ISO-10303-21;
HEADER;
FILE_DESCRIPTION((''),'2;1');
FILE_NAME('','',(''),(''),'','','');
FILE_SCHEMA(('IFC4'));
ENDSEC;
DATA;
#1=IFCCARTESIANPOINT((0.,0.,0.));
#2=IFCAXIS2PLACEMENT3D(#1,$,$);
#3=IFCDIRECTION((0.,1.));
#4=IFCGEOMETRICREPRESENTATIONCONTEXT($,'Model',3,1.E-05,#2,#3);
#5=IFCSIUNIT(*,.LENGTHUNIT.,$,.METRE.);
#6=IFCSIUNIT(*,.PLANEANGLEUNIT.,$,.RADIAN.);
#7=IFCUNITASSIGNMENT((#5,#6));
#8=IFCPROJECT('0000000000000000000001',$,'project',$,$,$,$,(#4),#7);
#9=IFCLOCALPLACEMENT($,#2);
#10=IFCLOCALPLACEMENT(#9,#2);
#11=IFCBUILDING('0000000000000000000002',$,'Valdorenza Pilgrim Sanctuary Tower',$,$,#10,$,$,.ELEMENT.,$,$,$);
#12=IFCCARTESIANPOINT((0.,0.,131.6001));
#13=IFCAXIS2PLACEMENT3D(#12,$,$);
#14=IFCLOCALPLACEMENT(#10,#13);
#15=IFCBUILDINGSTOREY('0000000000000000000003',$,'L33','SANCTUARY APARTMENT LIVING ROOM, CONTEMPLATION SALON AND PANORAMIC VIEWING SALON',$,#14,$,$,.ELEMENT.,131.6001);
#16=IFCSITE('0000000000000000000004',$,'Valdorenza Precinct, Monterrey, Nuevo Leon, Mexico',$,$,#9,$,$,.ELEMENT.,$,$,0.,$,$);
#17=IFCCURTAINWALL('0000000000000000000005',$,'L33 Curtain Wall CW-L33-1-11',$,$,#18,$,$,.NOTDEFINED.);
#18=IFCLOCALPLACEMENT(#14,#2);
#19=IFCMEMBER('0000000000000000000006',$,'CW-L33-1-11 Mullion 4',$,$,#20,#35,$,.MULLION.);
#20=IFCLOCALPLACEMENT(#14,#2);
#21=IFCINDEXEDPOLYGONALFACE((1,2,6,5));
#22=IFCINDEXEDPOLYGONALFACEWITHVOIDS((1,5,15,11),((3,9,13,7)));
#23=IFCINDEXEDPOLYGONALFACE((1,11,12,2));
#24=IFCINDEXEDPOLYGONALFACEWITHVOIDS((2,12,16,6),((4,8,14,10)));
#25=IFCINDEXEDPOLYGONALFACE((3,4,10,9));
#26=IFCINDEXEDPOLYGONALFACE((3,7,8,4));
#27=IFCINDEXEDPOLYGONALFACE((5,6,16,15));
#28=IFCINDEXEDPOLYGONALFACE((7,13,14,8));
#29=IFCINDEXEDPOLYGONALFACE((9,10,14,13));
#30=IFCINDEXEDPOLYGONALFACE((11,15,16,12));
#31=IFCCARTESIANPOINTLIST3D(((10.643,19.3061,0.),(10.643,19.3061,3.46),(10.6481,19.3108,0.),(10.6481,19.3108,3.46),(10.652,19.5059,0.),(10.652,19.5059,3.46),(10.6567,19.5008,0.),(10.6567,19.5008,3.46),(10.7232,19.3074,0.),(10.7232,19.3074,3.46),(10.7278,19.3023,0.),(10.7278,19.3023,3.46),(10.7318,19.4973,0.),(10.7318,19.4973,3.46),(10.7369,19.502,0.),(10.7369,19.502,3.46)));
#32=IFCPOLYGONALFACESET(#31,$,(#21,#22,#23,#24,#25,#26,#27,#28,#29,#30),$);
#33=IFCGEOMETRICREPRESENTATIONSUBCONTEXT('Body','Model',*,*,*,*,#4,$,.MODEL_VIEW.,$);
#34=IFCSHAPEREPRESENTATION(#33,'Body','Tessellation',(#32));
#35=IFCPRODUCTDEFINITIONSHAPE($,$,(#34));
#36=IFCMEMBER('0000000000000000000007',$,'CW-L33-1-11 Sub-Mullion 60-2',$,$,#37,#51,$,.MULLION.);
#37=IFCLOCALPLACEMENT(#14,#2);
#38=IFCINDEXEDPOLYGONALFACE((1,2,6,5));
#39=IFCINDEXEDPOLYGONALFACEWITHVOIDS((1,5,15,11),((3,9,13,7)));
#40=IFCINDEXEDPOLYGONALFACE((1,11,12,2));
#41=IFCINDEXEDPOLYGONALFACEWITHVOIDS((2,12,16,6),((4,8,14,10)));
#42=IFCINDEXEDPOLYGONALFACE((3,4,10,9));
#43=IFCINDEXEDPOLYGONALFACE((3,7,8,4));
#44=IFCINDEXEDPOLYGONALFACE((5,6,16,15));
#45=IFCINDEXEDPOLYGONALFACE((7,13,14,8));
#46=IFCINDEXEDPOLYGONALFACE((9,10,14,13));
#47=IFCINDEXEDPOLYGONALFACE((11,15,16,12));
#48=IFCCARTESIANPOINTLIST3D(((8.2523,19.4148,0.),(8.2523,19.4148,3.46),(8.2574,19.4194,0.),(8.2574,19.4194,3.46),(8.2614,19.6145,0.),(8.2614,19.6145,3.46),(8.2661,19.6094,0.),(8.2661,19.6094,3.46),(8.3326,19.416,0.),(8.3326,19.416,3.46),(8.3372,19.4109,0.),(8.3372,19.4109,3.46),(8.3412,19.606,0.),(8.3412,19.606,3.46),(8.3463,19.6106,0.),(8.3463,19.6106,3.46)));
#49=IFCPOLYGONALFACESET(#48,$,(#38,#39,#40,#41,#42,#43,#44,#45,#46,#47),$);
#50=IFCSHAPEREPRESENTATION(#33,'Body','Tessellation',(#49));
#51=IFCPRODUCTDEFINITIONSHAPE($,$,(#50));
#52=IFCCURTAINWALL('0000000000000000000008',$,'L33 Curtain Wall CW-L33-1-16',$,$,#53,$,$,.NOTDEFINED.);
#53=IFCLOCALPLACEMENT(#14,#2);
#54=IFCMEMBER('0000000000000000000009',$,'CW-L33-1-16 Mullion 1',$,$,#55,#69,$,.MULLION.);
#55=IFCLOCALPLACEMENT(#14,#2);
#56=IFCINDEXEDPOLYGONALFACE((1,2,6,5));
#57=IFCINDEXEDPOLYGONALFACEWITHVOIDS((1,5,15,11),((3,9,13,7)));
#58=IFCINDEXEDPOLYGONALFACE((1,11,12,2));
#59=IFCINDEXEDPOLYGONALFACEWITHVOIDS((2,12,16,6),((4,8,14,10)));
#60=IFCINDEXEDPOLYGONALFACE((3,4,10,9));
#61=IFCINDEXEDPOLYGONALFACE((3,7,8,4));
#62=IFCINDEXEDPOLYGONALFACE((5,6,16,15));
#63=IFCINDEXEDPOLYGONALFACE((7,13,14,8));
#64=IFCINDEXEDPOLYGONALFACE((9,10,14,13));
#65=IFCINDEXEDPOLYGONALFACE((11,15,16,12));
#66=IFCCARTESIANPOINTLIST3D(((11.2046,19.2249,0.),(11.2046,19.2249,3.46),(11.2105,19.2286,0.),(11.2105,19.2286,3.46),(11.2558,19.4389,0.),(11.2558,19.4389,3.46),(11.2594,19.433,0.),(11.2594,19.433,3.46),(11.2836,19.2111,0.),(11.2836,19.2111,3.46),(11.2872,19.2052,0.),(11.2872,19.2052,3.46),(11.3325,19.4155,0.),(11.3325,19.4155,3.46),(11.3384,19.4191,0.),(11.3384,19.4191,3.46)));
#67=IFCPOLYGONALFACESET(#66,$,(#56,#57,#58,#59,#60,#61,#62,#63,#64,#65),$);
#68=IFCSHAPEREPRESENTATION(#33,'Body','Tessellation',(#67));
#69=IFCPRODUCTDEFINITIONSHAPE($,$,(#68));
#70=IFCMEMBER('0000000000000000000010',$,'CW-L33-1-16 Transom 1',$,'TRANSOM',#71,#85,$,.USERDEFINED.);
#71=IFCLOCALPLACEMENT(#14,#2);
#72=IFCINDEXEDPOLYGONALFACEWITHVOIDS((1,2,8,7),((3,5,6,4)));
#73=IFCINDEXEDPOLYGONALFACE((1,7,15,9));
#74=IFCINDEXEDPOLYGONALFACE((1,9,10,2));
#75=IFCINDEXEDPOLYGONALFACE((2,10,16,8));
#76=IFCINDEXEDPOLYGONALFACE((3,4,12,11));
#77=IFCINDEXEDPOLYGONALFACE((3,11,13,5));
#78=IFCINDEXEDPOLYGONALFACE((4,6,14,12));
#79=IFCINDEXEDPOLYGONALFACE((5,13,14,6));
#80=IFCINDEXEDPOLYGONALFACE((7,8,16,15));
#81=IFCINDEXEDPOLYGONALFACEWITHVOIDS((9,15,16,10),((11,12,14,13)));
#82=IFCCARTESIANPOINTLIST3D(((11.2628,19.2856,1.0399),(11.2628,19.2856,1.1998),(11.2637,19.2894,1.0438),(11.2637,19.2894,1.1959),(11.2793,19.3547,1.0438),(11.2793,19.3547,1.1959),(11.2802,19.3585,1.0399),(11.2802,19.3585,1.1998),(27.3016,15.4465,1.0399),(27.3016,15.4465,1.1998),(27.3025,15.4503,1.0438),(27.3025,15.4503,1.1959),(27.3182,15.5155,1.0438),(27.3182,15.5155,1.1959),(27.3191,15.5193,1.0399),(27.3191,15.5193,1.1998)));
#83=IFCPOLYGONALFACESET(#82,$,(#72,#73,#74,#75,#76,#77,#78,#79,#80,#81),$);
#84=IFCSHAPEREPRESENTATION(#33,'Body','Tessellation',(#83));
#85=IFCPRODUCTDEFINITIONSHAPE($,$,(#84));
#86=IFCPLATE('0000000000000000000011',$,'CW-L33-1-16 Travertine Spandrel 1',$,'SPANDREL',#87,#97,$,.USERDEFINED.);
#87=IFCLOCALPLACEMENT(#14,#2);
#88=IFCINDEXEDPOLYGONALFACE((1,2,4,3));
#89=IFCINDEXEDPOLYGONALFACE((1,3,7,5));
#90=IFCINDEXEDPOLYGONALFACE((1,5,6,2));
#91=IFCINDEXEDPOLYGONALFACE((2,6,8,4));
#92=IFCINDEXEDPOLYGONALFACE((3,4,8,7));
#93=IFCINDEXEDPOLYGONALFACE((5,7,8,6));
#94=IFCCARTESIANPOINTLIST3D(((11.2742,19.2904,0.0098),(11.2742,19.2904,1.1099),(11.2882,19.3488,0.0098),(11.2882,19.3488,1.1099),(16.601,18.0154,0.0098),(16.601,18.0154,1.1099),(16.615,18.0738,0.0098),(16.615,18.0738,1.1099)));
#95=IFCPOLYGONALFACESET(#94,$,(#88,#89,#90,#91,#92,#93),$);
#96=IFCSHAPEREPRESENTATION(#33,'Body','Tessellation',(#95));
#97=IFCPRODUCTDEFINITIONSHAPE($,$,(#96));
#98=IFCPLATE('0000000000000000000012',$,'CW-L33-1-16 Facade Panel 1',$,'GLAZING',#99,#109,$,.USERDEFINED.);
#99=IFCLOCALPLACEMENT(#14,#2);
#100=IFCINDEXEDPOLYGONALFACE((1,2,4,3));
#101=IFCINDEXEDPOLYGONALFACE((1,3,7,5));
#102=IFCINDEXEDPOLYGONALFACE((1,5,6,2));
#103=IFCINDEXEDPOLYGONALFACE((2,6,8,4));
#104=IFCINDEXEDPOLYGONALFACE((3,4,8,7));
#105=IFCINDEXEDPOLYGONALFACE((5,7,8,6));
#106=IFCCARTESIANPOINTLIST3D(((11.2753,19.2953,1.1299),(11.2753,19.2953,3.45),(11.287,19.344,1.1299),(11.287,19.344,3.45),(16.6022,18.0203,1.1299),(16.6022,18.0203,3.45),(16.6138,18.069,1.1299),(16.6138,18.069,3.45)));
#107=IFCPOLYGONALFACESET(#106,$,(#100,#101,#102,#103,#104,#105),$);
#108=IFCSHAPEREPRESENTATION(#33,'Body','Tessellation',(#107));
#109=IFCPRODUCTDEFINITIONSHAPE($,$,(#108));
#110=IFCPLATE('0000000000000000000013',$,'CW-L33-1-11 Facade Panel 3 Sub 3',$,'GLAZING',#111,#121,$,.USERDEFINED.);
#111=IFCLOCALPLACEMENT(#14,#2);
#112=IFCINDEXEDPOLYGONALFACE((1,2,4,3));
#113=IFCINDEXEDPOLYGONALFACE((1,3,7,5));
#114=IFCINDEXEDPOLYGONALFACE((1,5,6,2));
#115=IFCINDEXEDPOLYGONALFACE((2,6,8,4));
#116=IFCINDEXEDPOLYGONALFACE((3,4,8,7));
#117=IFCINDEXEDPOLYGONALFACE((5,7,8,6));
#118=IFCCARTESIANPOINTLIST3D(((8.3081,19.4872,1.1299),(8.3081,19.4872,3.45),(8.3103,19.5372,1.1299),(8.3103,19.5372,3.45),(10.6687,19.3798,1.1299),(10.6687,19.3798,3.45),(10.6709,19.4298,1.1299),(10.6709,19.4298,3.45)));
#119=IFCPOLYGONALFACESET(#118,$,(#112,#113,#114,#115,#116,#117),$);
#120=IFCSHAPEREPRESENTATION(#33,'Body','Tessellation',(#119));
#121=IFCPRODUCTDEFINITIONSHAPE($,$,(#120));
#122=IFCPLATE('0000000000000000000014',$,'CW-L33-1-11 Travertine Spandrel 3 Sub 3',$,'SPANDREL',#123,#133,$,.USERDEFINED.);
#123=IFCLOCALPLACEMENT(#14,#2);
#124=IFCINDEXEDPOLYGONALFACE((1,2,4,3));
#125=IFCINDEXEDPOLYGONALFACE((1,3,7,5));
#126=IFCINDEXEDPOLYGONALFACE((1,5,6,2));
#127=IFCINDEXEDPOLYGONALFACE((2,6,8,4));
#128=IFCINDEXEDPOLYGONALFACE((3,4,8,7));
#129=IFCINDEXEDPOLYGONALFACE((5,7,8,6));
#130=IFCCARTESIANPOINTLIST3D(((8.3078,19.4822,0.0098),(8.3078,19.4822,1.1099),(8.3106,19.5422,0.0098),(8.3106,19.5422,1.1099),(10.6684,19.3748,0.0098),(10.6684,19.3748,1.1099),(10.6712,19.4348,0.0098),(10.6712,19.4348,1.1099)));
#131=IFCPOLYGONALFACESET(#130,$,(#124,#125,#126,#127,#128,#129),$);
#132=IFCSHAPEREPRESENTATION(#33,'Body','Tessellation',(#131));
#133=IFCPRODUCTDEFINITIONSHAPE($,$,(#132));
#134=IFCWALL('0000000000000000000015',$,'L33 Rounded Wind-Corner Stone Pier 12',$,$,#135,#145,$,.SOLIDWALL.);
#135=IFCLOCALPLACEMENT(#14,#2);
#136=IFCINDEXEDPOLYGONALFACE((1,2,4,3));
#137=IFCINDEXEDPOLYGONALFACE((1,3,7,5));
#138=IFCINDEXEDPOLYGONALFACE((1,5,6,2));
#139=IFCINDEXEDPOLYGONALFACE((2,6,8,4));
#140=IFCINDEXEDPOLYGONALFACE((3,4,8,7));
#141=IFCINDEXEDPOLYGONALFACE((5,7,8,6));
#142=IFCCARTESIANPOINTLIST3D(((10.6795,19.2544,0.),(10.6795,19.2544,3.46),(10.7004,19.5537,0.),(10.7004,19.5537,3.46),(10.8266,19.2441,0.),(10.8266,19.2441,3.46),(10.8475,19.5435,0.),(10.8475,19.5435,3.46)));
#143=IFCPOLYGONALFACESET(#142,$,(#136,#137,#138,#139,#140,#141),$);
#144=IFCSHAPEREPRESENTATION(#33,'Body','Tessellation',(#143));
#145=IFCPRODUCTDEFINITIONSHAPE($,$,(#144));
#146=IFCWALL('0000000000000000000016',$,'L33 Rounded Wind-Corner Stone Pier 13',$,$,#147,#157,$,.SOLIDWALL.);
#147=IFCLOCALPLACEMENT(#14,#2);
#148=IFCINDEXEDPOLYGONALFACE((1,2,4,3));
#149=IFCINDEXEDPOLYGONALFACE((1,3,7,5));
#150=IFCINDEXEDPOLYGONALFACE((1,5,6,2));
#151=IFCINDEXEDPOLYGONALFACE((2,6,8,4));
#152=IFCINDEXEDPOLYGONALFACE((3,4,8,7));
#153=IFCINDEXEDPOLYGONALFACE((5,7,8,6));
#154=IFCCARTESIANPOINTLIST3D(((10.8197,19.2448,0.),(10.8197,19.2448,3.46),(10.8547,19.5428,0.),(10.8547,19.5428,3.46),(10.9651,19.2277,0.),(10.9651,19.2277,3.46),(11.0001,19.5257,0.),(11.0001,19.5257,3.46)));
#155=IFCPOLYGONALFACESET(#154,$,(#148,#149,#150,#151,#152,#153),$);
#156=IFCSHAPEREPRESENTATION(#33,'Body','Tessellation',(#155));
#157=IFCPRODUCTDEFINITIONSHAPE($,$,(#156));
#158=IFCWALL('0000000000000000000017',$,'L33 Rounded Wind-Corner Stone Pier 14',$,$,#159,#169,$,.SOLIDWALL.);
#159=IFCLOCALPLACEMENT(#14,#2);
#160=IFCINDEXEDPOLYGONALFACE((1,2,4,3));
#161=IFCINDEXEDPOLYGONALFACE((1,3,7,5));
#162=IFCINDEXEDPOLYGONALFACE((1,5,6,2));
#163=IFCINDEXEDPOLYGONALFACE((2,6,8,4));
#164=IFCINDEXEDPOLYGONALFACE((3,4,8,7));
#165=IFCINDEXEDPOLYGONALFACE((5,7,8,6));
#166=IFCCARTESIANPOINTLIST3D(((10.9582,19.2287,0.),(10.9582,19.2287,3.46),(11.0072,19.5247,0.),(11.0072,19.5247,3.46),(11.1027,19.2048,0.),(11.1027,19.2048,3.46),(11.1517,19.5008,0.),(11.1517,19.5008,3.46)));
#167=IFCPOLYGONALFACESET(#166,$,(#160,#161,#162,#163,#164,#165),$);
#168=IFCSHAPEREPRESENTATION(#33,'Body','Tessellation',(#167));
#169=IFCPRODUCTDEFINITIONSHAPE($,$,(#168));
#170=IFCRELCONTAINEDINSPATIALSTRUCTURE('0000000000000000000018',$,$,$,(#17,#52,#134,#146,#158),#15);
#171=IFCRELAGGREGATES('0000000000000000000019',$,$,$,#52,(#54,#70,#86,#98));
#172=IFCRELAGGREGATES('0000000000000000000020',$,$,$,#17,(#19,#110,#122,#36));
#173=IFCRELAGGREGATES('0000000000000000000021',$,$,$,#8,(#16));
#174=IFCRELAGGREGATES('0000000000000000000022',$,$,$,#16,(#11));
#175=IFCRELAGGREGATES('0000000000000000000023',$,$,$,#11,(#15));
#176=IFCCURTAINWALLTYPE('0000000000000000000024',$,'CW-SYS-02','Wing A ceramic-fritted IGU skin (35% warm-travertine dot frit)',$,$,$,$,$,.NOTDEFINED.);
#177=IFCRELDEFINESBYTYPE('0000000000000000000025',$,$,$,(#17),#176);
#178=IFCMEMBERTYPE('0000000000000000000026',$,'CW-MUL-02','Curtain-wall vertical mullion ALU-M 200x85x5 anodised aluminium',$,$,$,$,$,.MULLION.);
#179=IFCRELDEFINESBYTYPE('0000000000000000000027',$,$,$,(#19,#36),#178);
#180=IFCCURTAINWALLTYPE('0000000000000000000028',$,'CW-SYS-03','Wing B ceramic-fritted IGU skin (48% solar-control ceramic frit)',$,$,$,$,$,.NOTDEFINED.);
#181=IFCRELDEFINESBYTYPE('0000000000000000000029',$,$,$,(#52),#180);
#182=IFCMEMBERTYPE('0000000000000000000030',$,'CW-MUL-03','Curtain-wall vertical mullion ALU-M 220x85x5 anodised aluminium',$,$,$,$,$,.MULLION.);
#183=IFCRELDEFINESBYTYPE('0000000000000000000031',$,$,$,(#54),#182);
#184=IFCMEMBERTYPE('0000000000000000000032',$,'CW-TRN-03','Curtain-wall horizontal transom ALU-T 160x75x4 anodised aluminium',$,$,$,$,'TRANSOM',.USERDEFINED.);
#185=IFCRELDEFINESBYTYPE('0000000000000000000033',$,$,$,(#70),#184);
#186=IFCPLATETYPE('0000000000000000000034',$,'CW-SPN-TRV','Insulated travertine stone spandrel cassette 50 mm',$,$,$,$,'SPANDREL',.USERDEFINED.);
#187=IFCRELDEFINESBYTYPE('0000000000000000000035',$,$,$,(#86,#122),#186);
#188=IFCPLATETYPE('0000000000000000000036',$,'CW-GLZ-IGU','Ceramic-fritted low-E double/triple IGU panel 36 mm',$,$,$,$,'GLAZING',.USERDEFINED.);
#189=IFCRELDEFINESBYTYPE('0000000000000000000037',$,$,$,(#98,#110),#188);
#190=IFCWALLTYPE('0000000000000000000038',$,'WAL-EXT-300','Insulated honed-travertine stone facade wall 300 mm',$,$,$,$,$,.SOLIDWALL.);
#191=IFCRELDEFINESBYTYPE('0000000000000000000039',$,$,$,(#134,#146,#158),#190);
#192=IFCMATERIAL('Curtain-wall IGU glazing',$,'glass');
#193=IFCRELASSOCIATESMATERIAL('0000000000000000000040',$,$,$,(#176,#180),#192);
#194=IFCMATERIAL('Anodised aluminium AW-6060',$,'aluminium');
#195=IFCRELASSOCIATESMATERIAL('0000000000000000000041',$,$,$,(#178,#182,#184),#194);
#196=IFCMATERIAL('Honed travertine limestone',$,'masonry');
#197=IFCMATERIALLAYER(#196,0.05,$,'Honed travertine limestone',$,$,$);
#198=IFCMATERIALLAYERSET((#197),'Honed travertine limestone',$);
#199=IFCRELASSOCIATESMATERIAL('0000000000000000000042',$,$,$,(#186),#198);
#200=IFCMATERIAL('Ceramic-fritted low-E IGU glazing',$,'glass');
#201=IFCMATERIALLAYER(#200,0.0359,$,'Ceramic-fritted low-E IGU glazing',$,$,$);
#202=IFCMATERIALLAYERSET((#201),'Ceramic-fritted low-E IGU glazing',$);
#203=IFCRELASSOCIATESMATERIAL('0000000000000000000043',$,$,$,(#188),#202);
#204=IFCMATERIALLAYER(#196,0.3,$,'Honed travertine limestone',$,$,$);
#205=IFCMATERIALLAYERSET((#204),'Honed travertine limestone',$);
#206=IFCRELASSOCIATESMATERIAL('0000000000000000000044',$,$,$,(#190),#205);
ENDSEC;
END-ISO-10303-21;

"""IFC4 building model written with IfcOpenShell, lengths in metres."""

from ifc_helpers import new_model, si_unit, direction, frame, frame_2d, origin, origin_2d, place, context, subcontext, project, spatial, rectangle, hollow_rectangle, extrude, source, transform, mapped, material, layer, layer_set, material_profile, profile_set, type_object, element, aggregate, save


model = new_model("IFC4")

# Units and contexts
model_context = context("Model", 3, precision=1e-05, world=origin(), true_north=direction((0.0, 1.0)))
body_context = subcontext(model_context, "Body", "Model", "MODEL_VIEW")
ifc_project = project(units=[si_unit("LENGTHUNIT", "METRE"), si_unit("PLANEANGLEUNIT", "RADIAN")], contexts=[model_context])

# Site, building, storey
site_placement = place(None, origin())
site = spatial("IfcSite", under=ifc_project, at=site_placement, Name="Valdorenza Precinct, Monterrey, Nuevo Leon, Mexico", CompositionType="ELEMENT", RefElevation=0.0)
building_placement = place(site_placement, origin())
building = spatial("IfcBuilding", under=site, at=building_placement, Name="Valdorenza Pilgrim Sanctuary Tower", CompositionType="ELEMENT")
storey_placement = place(building_placement, frame((0.0, 0.0, 131.6001)))
storey = spatial("IfcBuildingStorey", under=building, at=storey_placement, Name="L33", Description="SANCTUARY APARTMENT LIVING ROOM, CONTEMPLATION SALON AND PANORAMIC VIEWING SALON", CompositionType="ELEMENT", Elevation=131.6001)

# Curtain wall, members
ifc_material_1 = material(Name="Curtain-wall IGU glazing", Category="glass")
curtain_wall_type_1 = type_object("IfcCurtainWallType", Name="CW-SYS-02", Description="Wing A ceramic-fritted IGU skin (35% warm-travertine dot frit)", PredefinedType="NOTDEFINED", material=ifc_material_1)
curtain_wall_1_placement = place(storey_placement, origin())
curtain_wall_1 = element("IfcCurtainWall", 1, at=curtain_wall_1_placement, inside=storey, type_object=curtain_wall_type_1, Name="L33 Curtain Wall CW-L33-1-11", PredefinedType="NOTDEFINED")
ifc_material_2 = material(Name="Anodised aluminium AW-6060", Category="aluminium")
ifc_material_profile_1 = material_profile(ifc_material_2, hollow_rectangle(XDim=0.085, YDim=0.2, WallThickness=0.0049, at=origin_2d()), Name="ALU-M 200x85x5")
ifc_profile_set_1 = profile_set([ifc_material_profile_1], Name="Anodised aluminium AW-6060")
member_type_1 = type_object("IfcMemberType", Name="CW-MUL-02", Description="Curtain-wall vertical mullion ALU-M 200x85x5 anodised aluminium", PredefinedType="MULLION", material=ifc_profile_set_1)
shared_shape_1 = source(origin(), body_context, "Body", "SweptSolid", [
    extrude(hollow_rectangle(XDim=0.085, YDim=0.2, WallThickness=0.0049, at=origin_2d()), origin(), (0.0, 0.0, 1.0), 3.46),
])
member_1_placement = place(storey_placement, frame((10.6899, 19.4041, 0.0), z_axis=(0.0, 0.0, 1.0), x_axis=(0.998968, -0.045415, 0.0)))
member_1 = element("IfcMember", 2, at=member_1_placement, type_object=member_type_1, Name="CW-L33-1-11 Mullion 4", PredefinedType="MULLION", context=body_context, shape_type="MappedRepresentation", body=[
    mapped(shared_shape_1, transform((0.0, 0.0, 0.0), x_axis=(1.0, 0.0, 0.0), y_axis=(0.0, 1.0, 0.0), z_axis=(0.0, 0.0, 1.0), scale=1.0)),
])
member_2_placement = place(storey_placement, frame((8.2993, 19.5127, 0.0), z_axis=(0.0, 0.0, 1.0), x_axis=(0.998968, -0.045415, 0.0)))
member_2 = element("IfcMember", 3, at=member_2_placement, type_object=member_type_1, Name="CW-L33-1-11 Sub-Mullion 60-2", PredefinedType="MULLION", context=body_context, shape_type="MappedRepresentation", body=[
    mapped(shared_shape_1, transform((0.0, 0.0, 0.0), x_axis=(1.0, 0.0, 0.0), y_axis=(0.0, 1.0, 0.0), z_axis=(0.0, 0.0, 1.0), scale=1.0)),
])

# Curtain wall, members, plates
curtain_wall_type_2 = type_object("IfcCurtainWallType", Name="CW-SYS-03", Description="Wing B ceramic-fritted IGU skin (48% solar-control ceramic frit)", PredefinedType="NOTDEFINED", material=ifc_material_1)
curtain_wall_2_placement = place(storey_placement, origin())
curtain_wall_2 = element("IfcCurtainWall", 4, at=curtain_wall_2_placement, inside=storey, type_object=curtain_wall_type_2, Name="L33 Curtain Wall CW-L33-1-16", PredefinedType="NOTDEFINED")
ifc_material_profile_2 = material_profile(ifc_material_2, hollow_rectangle(XDim=0.085, YDim=0.22, WallThickness=0.0049, at=origin_2d()), Name="ALU-M 220x85x5")
ifc_profile_set_2 = profile_set([ifc_material_profile_2], Name="Anodised aluminium AW-6060")
member_type_2 = type_object("IfcMemberType", Name="CW-MUL-03", Description="Curtain-wall vertical mullion ALU-M 220x85x5 anodised aluminium", PredefinedType="MULLION", material=ifc_profile_set_2)
shared_shape_2 = source(origin(), body_context, "Body", "SweptSolid", [
    extrude(hollow_rectangle(XDim=0.085, YDim=0.22, WallThickness=0.0049, at=origin_2d()), origin(), (0.0, 0.0, 1.0), 3.46),
])
member_3_placement = place(storey_placement, frame((11.2715, 19.322, 0.0), z_axis=(0.0, 0.0, 1.0), x_axis=(0.972529, -0.232783, 0.0)))
member_3 = element("IfcMember", 5, at=member_3_placement, type_object=member_type_2, Name="CW-L33-1-16 Mullion 1", PredefinedType="MULLION", context=body_context, shape_type="MappedRepresentation", body=[
    mapped(shared_shape_2, transform((0.0, 0.0, 0.0), x_axis=(1.0, 0.0, 0.0), y_axis=(0.0, 1.0, 0.0), z_axis=(0.0, 0.0, 1.0), scale=1.0)),
])
ifc_material_profile_3 = material_profile(ifc_material_2, hollow_rectangle(XDim=0.075, YDim=0.1599, WallThickness=0.0039, at=origin_2d()), Name="ALU-T 160x75x4")
ifc_profile_set_3 = profile_set([ifc_material_profile_3], Name="Anodised aluminium AW-6060")
member_type_3 = type_object("IfcMemberType", Name="CW-TRN-03", Description="Curtain-wall horizontal transom ALU-T 160x75x4 anodised aluminium", ElementType="TRANSOM", PredefinedType="USERDEFINED", material=ifc_profile_set_3)
shared_shape_3 = source(origin(), body_context, "Body", "SweptSolid", [
    extrude(hollow_rectangle(XDim=0.075, YDim=0.1599, WallThickness=0.0039, at=origin_2d()), origin(), (0.0, 0.0, 1.0), 16.4919),
])
member_4_placement = place(storey_placement, frame((11.2715, 19.322, 1.1199), z_axis=(0.972528, -0.232788, 0.0), x_axis=(0.232788, 0.972528, 0.0)))
member_4 = element("IfcMember", 6, at=member_4_placement, type_object=member_type_3, Name="CW-L33-1-16 Transom 1", ObjectType="TRANSOM", PredefinedType="USERDEFINED", context=body_context, shape_type="MappedRepresentation", body=[
    mapped(shared_shape_3, transform((0.0, 0.0, 0.0), x_axis=(1.0, 0.0, 0.0), y_axis=(0.0, 1.0, 0.0), z_axis=(0.0, 0.0, 1.0), scale=1.0)),
])
ifc_material_3 = material(Name="Honed travertine limestone", Category="masonry")
ifc_layer_1 = layer(ifc_material_3, 0.05, Name="Honed travertine limestone")
ifc_layer_set_1 = layer_set([ifc_layer_1], Name="Honed travertine limestone")
plate_type_1 = type_object("IfcPlateType", Name="CW-SPN-TRV", Description="Insulated travertine stone spandrel cassette 50 mm", ElementType="SPANDREL", PredefinedType="USERDEFINED", material=ifc_layer_set_1)
shared_shape_4 = source(origin(), body_context, "Body", "SweptSolid", [
    extrude(rectangle(XDim=5.4773, YDim=0.0601, at=origin_2d()), origin(), (0.0, 0.0, 1.0), 1.1001),
])
plate_1_placement = place(storey_placement, frame((13.9446, 18.6821, 0.0098), z_axis=(0.0, 0.0, 1.0), x_axis=(0.972529, -0.232783, 0.0)))
plate_1 = element("IfcPlate", 7, at=plate_1_placement, type_object=plate_type_1, Name="CW-L33-1-16 Travertine Spandrel 1", ObjectType="SPANDREL", PredefinedType="USERDEFINED", context=body_context, shape_type="MappedRepresentation", body=[
    mapped(shared_shape_4, transform((0.0, 0.0, 0.0), x_axis=(1.0, 0.0, 0.0), y_axis=(0.0, 1.0, 0.0), z_axis=(0.0, 0.0, 1.0), scale=1.0)),
])
ifc_material_4 = material(Name="Ceramic-fritted low-E IGU glazing", Category="glass")
ifc_layer_2 = layer(ifc_material_4, 0.0359, Name="Ceramic-fritted low-E IGU glazing")
ifc_layer_set_2 = layer_set([ifc_layer_2], Name="Ceramic-fritted low-E IGU glazing")
plate_type_2 = type_object("IfcPlateType", Name="CW-GLZ-IGU", Description="Ceramic-fritted low-E double/triple IGU panel 36 mm", ElementType="GLAZING", PredefinedType="USERDEFINED", material=ifc_layer_set_2)
shared_shape_5 = source(origin(), body_context, "Body", "SweptSolid", [
    extrude(rectangle(XDim=5.4773, YDim=0.05, at=origin_2d()), origin(), (0.0, 0.0, 1.0), 2.3201),
])
plate_2_placement = place(storey_placement, frame((13.9446, 18.6821, 1.1299), z_axis=(0.0, 0.0, 1.0), x_axis=(0.972529, -0.232783, 0.0)))
plate_2 = element("IfcPlate", 8, at=plate_2_placement, type_object=plate_type_2, Name="CW-L33-1-16 Facade Panel 1", ObjectType="GLAZING", PredefinedType="USERDEFINED", context=body_context, shape_type="MappedRepresentation", body=[
    mapped(shared_shape_5, transform((0.0, 0.0, 0.0), x_axis=(1.0, 0.0, 0.0), y_axis=(0.0, 1.0, 0.0), z_axis=(0.0, 0.0, 1.0), scale=1.0)),
])
aggregate(curtain_wall_2, [member_3, member_4, plate_1, plate_2])

# Plates
shared_shape_6 = source(origin(), body_context, "Body", "SweptSolid", [
    extrude(rectangle(XDim=2.363, YDim=0.05, at=origin_2d()), origin(), (0.0, 0.0, 1.0), 2.3201),
])
plate_3_placement = place(storey_placement, frame((9.4895, 19.4585, 1.1299), z_axis=(0.0, 0.0, 1.0), x_axis=(0.998968, -0.045415, 0.0)))
plate_3 = element("IfcPlate", 9, at=plate_3_placement, type_object=plate_type_2, Name="CW-L33-1-11 Facade Panel 3 Sub 3", ObjectType="GLAZING", PredefinedType="USERDEFINED", context=body_context, shape_type="MappedRepresentation", body=[
    mapped(shared_shape_6, transform((0.0, 0.0, 0.0), x_axis=(1.0, 0.0, 0.0), y_axis=(0.0, 1.0, 0.0), z_axis=(0.0, 0.0, 1.0), scale=1.0)),
])
shared_shape_7 = source(origin(), body_context, "Body", "SweptSolid", [
    extrude(rectangle(XDim=2.363, YDim=0.0601, at=origin_2d()), origin(), (0.0, 0.0, 1.0), 1.1001),
])
plate_4_placement = place(storey_placement, frame((9.4895, 19.4585, 0.0098), z_axis=(0.0, 0.0, 1.0), x_axis=(0.998968, -0.045415, 0.0)))
plate_4 = element("IfcPlate", 10, at=plate_4_placement, type_object=plate_type_1, Name="CW-L33-1-11 Travertine Spandrel 3 Sub 3", ObjectType="SPANDREL", PredefinedType="USERDEFINED", context=body_context, shape_type="MappedRepresentation", body=[
    mapped(shared_shape_7, transform((0.0, 0.0, 0.0), x_axis=(1.0, 0.0, 0.0), y_axis=(0.0, 1.0, 0.0), z_axis=(0.0, 0.0, 1.0), scale=1.0)),
])
aggregate(curtain_wall_1, [member_1, plate_3, plate_4, member_2])

# Walls
ifc_layer_3 = layer(ifc_material_3, 0.3, Name="Honed travertine limestone")
ifc_layer_set_3 = layer_set([ifc_layer_3], Name="Honed travertine limestone")
wall_type_1 = type_object("IfcWallType", Name="WAL-EXT-300", Description="Insulated honed-travertine stone facade wall 300 mm", PredefinedType="SOLIDWALL", material=ifc_layer_set_3)
wall_1_placement = place(storey_placement, frame((10.6899, 19.4041, 0.0), z_axis=(0.0, 0.0, 1.0), x_axis=(0.997583, -0.069483, 0.0)))
element("IfcWall", 11, at=wall_1_placement, inside=storey, type_object=wall_type_1, Name="L33 Rounded Wind-Corner Stone Pier 12", PredefinedType="SOLIDWALL", context=body_context, shape_type="SweptSolid", body=[
    extrude(rectangle(XDim=0.1475, YDim=0.3, at=frame_2d((0.0737, 0.0))), origin(), (0.0, 0.0, 1.0), 3.46),
])
for number, where, z_axis, x_axis, name in (
    (12, (10.8372, 19.3938, 0.0), (0.0, 0.0, 1.0), (0.993173, -0.116648, 0.0), "L33 Rounded Wind-Corner Stone Pier 13"),
    (13, (10.9827, 19.3767, 0.0), (0.0, 0.0, 1.0), (0.986573, -0.163318, 0.0), "L33 Rounded Wind-Corner Stone Pier 14"),
):
    element("IfcWall", number, at=place(storey_placement, frame(where, z_axis=z_axis, x_axis=x_axis)), inside=storey, type_object=wall_type_1, Name=name, PredefinedType="SOLIDWALL", context=body_context, shape_type="SweptSolid", body=[
        extrude(rectangle(XDim=0.1465, YDim=0.3, at=frame_2d((0.0732, 0.0))), origin(), (0.0, 0.0, 1.0), 3.46),
    ])

save(model, "model.ifc")
